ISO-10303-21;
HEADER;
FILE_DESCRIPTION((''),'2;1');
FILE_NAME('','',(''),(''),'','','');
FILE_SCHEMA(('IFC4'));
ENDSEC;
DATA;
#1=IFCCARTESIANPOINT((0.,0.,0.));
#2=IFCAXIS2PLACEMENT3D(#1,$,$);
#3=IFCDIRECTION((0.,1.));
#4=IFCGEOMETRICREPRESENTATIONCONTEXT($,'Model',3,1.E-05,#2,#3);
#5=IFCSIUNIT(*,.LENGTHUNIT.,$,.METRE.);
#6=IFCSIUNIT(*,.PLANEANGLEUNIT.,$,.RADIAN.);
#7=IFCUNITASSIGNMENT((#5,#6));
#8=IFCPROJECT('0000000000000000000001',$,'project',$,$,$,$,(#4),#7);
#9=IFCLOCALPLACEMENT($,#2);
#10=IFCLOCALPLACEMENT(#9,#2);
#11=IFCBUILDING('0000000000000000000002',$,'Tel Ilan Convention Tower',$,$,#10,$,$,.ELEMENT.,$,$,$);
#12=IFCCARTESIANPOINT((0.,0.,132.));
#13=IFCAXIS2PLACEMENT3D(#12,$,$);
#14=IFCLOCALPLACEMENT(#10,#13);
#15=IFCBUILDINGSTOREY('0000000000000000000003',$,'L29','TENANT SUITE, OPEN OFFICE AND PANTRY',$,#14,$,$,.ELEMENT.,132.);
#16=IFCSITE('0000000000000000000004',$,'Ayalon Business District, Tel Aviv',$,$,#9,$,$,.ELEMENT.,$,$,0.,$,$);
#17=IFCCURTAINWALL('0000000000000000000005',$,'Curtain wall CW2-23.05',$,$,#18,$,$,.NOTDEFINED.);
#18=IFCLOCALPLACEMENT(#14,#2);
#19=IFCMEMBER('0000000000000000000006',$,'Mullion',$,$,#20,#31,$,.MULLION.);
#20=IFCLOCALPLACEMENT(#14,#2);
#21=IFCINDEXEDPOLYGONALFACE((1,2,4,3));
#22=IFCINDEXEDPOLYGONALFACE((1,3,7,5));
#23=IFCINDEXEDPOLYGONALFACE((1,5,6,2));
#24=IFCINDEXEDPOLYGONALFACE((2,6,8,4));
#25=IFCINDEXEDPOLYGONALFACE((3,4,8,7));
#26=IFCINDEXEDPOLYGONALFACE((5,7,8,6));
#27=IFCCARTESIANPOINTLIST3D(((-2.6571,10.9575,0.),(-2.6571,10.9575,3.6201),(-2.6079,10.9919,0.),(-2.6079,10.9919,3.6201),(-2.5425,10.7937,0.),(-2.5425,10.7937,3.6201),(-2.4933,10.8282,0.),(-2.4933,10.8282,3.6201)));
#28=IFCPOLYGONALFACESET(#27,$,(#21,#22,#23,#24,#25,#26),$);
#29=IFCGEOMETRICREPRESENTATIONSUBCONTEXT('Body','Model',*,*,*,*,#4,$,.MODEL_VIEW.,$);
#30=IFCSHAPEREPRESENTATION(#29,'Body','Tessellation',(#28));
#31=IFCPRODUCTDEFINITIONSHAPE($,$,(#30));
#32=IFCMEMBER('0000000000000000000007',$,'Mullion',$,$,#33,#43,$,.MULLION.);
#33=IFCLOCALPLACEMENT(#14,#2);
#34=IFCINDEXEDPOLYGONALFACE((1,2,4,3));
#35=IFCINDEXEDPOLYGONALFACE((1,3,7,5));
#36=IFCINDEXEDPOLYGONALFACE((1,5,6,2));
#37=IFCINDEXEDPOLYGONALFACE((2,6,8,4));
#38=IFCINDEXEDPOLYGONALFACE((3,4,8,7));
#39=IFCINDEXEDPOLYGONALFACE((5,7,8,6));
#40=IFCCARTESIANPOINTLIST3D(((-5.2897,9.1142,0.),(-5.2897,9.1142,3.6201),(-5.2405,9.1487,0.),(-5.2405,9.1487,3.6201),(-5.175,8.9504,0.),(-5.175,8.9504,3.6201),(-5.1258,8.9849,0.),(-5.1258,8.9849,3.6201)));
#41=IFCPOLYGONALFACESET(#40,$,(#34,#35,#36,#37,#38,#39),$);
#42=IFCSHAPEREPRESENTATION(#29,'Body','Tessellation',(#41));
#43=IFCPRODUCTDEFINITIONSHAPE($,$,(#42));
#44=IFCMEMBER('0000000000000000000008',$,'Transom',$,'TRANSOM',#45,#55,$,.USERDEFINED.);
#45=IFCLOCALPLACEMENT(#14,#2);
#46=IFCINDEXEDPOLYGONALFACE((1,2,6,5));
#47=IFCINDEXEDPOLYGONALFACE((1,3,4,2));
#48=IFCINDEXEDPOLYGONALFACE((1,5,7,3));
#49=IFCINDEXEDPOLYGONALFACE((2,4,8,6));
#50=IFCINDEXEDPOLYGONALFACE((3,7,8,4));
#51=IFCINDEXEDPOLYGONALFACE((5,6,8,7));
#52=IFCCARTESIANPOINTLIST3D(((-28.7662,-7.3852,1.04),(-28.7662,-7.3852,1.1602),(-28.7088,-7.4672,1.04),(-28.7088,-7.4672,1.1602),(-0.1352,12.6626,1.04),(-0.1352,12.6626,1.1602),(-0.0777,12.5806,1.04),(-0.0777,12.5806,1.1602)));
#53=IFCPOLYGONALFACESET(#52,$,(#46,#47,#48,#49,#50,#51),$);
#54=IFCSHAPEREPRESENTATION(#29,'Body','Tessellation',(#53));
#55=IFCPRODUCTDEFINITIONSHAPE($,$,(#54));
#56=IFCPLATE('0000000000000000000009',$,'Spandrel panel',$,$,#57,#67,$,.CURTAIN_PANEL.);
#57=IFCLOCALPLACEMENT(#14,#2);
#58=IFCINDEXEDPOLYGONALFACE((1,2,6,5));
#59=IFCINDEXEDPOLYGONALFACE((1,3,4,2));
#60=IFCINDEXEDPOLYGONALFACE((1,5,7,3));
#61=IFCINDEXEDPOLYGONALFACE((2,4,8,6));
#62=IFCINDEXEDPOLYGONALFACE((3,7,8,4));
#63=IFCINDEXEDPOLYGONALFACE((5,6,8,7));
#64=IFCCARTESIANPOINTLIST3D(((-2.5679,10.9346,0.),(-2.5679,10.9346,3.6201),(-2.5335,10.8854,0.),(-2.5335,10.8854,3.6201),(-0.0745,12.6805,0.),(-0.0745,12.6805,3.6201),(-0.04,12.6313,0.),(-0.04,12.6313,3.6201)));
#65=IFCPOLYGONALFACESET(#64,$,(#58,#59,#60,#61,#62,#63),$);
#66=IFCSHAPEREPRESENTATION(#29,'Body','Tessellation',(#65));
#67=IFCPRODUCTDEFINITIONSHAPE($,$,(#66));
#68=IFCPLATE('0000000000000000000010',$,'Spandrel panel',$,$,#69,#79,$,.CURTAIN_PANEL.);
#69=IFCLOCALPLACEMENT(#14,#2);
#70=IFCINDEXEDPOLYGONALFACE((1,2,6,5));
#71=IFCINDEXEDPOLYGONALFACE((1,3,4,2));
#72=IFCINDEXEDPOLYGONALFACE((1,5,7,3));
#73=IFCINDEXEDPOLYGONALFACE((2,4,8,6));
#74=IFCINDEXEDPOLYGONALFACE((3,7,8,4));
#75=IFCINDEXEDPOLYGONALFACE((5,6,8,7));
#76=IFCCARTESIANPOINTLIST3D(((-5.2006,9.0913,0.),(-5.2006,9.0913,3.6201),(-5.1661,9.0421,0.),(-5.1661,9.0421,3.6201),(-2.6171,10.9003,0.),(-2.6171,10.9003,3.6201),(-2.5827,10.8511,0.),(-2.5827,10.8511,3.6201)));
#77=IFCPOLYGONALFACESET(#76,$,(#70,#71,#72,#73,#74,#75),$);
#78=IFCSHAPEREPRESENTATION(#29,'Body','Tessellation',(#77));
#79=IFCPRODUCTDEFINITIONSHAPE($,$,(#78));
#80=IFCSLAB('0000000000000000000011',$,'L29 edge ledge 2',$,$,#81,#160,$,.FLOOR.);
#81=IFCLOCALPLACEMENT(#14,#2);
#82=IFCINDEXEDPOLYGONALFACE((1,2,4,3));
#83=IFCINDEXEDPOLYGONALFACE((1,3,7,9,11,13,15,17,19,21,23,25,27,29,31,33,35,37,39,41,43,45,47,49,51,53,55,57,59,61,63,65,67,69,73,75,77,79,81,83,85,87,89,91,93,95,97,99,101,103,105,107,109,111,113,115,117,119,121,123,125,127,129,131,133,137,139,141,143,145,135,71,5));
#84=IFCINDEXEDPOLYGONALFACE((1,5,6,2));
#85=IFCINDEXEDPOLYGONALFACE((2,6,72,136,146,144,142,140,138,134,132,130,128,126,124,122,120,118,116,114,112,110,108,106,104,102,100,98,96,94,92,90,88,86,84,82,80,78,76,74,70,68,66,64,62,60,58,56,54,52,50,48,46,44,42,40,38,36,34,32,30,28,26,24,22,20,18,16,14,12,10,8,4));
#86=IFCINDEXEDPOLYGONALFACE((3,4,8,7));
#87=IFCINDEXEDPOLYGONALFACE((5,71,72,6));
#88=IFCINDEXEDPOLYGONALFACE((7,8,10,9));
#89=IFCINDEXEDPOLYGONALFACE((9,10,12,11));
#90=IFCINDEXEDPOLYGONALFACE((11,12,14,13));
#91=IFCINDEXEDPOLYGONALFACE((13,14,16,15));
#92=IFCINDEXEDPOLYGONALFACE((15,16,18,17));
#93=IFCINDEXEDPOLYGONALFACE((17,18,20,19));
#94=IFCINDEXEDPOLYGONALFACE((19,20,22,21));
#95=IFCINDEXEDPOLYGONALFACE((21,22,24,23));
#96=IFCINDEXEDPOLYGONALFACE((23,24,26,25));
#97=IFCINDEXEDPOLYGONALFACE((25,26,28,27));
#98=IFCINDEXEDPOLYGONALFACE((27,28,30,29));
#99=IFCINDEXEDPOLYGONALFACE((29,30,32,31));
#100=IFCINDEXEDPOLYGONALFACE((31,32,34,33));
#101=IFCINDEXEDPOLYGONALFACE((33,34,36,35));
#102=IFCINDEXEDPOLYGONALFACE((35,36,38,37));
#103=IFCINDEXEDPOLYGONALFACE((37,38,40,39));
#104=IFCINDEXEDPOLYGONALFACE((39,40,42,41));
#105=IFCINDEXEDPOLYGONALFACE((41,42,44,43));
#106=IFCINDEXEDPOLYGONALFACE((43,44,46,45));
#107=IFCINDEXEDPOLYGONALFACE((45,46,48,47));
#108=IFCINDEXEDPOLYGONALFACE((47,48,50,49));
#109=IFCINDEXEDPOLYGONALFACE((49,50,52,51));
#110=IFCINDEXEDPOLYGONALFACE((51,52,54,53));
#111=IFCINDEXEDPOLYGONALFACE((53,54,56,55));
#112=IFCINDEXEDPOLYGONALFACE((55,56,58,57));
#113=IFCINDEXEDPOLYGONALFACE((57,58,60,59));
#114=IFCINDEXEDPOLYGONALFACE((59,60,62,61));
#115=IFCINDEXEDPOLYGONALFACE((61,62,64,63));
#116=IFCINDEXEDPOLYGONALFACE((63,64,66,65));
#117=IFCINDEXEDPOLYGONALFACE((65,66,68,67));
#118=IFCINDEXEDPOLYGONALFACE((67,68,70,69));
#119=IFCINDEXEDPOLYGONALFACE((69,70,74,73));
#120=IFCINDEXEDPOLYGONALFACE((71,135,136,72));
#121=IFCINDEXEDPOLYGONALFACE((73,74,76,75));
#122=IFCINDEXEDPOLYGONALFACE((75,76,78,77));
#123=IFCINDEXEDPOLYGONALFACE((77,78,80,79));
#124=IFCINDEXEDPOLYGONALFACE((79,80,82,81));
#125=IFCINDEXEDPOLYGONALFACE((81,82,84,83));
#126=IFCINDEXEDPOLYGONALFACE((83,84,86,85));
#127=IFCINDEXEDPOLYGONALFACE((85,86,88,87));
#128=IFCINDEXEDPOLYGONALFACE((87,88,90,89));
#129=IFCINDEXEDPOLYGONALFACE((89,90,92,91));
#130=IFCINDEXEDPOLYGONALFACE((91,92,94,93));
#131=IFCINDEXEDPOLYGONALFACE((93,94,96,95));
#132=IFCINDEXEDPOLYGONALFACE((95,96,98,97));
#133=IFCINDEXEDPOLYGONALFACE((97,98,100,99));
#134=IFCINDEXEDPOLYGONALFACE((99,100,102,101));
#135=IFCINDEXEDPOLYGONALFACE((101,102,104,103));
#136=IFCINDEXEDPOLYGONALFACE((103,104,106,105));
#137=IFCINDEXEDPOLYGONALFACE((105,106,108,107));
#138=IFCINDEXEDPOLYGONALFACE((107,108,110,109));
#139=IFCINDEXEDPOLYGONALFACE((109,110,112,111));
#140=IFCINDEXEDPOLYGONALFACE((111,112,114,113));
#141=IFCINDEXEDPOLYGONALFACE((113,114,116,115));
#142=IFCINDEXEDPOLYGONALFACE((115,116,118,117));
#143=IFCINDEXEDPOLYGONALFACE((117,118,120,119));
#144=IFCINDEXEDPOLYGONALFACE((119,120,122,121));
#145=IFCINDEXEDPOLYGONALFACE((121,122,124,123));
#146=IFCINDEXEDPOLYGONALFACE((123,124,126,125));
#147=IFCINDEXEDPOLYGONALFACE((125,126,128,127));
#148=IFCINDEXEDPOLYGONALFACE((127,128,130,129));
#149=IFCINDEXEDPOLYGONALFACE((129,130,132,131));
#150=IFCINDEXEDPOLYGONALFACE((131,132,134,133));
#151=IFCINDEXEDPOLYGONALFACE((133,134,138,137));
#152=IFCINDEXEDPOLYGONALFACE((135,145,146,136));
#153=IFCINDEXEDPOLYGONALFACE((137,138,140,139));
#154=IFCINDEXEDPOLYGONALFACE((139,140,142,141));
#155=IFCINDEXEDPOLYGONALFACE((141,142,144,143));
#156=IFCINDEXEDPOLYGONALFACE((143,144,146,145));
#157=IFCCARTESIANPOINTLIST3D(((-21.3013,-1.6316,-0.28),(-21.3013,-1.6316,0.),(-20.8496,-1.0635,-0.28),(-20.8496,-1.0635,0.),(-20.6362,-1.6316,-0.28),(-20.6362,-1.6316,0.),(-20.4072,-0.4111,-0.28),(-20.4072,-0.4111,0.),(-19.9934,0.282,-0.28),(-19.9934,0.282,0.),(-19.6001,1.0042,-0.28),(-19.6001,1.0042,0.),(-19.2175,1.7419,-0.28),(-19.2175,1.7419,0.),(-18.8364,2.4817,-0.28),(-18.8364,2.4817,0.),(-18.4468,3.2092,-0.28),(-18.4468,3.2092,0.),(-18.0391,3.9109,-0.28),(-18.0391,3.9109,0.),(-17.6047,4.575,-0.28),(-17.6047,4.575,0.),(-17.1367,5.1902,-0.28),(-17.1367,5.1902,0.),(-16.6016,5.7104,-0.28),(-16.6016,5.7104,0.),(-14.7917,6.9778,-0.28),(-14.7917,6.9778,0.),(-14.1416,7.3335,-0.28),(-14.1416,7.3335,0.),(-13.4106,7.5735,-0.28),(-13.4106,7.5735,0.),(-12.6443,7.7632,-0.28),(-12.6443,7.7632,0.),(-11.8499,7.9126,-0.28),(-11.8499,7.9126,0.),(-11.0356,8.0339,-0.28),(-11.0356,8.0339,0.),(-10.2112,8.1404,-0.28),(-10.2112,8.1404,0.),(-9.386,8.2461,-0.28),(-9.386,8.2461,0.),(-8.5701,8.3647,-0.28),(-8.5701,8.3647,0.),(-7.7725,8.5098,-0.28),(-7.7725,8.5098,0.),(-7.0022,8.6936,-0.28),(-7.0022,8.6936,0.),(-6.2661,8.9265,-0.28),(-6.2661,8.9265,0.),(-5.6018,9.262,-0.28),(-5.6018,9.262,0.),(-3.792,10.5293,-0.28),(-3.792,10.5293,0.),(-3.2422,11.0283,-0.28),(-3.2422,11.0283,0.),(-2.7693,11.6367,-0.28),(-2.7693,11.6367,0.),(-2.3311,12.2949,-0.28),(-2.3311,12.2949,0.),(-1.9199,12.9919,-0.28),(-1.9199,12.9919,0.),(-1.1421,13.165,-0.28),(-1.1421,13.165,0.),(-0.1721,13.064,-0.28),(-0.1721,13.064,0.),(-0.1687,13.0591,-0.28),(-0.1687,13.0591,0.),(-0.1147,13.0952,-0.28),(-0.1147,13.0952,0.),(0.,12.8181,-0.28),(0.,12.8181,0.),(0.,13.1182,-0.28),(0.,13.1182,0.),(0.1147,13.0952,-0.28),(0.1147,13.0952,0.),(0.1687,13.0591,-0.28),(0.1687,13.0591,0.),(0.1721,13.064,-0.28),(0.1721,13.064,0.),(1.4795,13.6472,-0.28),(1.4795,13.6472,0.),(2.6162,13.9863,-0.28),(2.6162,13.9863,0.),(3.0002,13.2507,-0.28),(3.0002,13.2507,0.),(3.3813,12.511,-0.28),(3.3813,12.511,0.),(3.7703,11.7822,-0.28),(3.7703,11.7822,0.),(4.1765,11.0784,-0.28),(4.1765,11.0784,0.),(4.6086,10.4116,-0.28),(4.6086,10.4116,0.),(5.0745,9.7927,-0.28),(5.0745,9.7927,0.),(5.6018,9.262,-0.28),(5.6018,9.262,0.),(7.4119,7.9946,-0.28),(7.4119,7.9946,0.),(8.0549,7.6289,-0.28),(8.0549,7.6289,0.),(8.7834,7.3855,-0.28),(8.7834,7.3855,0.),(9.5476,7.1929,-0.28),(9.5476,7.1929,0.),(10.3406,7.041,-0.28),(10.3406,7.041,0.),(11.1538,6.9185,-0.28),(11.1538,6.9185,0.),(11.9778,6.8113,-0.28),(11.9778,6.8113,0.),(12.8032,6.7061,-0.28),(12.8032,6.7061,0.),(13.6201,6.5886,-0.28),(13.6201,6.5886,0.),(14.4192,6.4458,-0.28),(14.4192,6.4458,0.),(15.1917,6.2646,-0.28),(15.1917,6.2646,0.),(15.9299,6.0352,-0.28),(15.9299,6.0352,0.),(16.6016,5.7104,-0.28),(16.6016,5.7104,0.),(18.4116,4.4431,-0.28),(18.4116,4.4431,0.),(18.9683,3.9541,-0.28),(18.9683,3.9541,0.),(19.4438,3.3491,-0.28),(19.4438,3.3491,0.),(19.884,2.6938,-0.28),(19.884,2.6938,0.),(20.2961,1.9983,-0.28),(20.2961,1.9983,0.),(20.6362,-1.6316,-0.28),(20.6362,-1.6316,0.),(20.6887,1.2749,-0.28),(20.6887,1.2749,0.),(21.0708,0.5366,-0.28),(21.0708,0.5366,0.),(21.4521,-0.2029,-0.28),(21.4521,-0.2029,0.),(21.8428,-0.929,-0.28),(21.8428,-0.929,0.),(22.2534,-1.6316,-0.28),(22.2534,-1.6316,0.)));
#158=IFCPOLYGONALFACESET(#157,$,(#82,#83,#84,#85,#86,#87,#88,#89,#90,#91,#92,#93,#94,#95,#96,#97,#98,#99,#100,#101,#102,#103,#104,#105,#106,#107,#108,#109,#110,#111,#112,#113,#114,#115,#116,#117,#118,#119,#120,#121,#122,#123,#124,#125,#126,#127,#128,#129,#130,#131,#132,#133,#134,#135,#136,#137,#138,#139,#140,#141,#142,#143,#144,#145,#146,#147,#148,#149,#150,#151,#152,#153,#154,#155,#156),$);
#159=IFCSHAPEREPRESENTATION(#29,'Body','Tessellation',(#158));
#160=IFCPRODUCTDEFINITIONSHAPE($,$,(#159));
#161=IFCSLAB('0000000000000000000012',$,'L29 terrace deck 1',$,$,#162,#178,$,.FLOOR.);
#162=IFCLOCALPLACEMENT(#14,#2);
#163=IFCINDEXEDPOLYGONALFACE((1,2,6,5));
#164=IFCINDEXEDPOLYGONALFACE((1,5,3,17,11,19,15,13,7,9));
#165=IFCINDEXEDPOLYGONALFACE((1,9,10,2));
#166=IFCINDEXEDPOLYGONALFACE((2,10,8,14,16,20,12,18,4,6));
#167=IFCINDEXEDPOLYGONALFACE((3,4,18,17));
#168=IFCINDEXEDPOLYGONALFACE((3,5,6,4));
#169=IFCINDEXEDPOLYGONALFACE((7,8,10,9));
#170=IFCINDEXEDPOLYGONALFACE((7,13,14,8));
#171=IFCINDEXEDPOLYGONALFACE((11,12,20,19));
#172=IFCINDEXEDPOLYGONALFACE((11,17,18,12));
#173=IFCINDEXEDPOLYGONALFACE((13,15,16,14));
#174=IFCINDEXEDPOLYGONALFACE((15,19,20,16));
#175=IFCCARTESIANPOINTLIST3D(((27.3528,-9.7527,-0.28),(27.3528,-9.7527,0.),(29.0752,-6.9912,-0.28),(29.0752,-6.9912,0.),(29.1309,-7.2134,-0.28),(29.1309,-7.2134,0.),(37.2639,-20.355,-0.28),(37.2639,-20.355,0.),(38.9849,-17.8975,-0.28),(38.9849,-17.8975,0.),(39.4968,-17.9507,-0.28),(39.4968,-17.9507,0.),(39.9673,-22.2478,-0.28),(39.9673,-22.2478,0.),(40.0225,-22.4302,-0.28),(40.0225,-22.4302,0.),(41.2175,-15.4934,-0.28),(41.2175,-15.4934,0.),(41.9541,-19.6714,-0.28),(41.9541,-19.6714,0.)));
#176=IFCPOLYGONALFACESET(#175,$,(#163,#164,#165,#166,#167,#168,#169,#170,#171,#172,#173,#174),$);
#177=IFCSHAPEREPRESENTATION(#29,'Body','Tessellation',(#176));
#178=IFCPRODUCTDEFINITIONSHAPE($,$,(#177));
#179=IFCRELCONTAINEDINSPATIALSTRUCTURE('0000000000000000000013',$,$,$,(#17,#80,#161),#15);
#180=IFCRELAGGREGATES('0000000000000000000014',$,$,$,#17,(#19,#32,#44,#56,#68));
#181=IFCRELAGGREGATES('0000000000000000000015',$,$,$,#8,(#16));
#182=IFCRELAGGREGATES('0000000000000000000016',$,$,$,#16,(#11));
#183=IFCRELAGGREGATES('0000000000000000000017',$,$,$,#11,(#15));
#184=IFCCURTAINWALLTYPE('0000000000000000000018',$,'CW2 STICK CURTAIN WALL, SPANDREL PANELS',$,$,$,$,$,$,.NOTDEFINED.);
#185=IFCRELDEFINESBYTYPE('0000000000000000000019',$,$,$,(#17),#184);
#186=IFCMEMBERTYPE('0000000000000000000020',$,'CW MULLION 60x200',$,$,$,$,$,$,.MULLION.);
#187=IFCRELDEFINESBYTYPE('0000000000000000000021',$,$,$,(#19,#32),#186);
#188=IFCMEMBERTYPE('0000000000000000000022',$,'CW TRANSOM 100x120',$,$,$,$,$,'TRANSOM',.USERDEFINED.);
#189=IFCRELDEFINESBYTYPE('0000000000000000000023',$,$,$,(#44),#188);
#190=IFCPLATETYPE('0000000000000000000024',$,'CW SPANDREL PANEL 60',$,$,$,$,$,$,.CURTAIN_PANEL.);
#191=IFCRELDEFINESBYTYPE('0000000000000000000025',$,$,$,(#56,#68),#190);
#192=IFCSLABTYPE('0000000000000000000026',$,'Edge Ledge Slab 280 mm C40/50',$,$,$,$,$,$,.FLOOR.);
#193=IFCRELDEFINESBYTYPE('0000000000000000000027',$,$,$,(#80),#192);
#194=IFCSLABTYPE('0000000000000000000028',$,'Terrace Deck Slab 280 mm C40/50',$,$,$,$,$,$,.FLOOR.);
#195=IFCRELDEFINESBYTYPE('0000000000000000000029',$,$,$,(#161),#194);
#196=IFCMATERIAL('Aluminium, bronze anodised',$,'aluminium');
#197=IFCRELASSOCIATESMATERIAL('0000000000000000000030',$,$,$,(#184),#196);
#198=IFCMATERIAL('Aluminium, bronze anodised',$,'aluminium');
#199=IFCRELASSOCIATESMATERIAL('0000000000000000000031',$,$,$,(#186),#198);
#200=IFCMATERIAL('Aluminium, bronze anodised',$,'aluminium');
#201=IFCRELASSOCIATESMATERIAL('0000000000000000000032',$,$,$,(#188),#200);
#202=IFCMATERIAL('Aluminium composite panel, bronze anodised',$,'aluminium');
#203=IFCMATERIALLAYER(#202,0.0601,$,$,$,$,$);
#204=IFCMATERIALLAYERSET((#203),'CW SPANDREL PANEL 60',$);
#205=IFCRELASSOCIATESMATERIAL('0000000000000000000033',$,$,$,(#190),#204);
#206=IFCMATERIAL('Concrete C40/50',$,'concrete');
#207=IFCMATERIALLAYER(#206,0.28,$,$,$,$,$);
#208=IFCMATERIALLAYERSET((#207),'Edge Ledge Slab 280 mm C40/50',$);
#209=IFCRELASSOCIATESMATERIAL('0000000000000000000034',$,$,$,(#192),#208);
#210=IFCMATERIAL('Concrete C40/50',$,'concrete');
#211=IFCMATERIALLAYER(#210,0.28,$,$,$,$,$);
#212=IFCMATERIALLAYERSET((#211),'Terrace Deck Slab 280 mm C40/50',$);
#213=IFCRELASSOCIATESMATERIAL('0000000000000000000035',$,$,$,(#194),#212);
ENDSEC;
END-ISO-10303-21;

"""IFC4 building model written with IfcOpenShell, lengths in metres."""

from ifc_helpers import new_model, si_unit, direction, frame, origin, origin_2d, place, context, subcontext, project, spatial, polyline, rectangle, outline, extrude, material, layer, layer_set, material_profile, profile_set, type_object, element, aggregate, save


model = new_model("IFC4")

# Units and contexts
model_context = context("Model", 3, precision=1e-05, world=origin(), true_north=direction((0.0, 1.0)))
body_context = subcontext(model_context, "Body", "Model", "MODEL_VIEW")
ifc_project = project(units=[si_unit("LENGTHUNIT", "METRE"), si_unit("PLANEANGLEUNIT", "RADIAN")], contexts=[model_context])

# Site, building, storey
site_placement = place(None, origin())
site = spatial("IfcSite", under=ifc_project, at=site_placement, Name="Ayalon Business District, Tel Aviv", CompositionType="ELEMENT", RefElevation=0.0)
building_placement = place(site_placement, origin())
building = spatial("IfcBuilding", under=site, at=building_placement, Name="Tel Ilan Convention Tower", CompositionType="ELEMENT")
storey_placement = place(building_placement, frame((0.0, 0.0, 132.0)))
storey = spatial("IfcBuildingStorey", under=building, at=storey_placement, Name="L29", Description="TENANT SUITE, OPEN OFFICE AND PANTRY", CompositionType="ELEMENT", Elevation=132.0)

# Curtain wall, members, plates
ifc_material_1 = material(Name="Aluminium, bronze anodised", Category="aluminium")
curtain_wall_type = type_object("IfcCurtainWallType", Name="CW2 STICK CURTAIN WALL, SPANDREL PANELS", PredefinedType="NOTDEFINED", material=ifc_material_1)
curtain_wall_placement = place(storey_placement, origin())
curtain_wall = element("IfcCurtainWall", 1, at=curtain_wall_placement, inside=storey, type_object=curtain_wall_type, Name="Curtain wall CW2-23.05", PredefinedType="NOTDEFINED")
ifc_material_2 = material(Name="Aluminium, bronze anodised", Category="aluminium")
ifc_material_profile_1 = material_profile(ifc_material_2, rectangle(XDim=0.0601, YDim=0.2, at=origin_2d()), Name="CW MULLION 60x200")
ifc_profile_set_1 = profile_set([ifc_material_profile_1], Name="Aluminium, bronze anodised")
member_type_1 = type_object("IfcMemberType", Name="CW MULLION 60x200", PredefinedType="MULLION", material=ifc_profile_set_1)
member_1_placement = place(storey_placement, frame((-2.5752, 10.8928, 0.0), z_axis=(0.0, 0.0, 1.0), x_axis=(-0.819152, -0.573576, 0.0)))
member_1 = element("IfcMember", 2, at=member_1_placement, type_object=member_type_1, Name="Mullion", PredefinedType="MULLION", context=body_context, shape_type="SweptSolid", body=[
    extrude(rectangle(XDim=0.0601, YDim=0.2, at=origin_2d()), origin(), (0.0, 0.0, 1.0), 3.6201),
])
member_2_placement = place(storey_placement, frame((-5.2078, 9.0496, 0.0), z_axis=(0.0, 0.0, 1.0), x_axis=(-0.819152, -0.573576, 0.0)))
member_2 = element("IfcMember", 3, at=member_2_placement, type_object=member_type_1, Name="Mullion", PredefinedType="MULLION", context=body_context, shape_type="SweptSolid", body=[
    extrude(rectangle(XDim=0.0601, YDim=0.2, at=origin_2d()), origin(), (0.0, 0.0, 1.0), 3.6201),
])
ifc_material_3 = material(Name="Aluminium, bronze anodised", Category="aluminium")
ifc_material_profile_2 = material_profile(ifc_material_3, rectangle(XDim=0.1001, YDim=0.1201, at=origin_2d()), Name="CW TRANSOM 100x120")
ifc_profile_set_2 = profile_set([ifc_material_profile_2], Name="Aluminium, bronze anodised")
member_type_2 = type_object("IfcMemberType", Name="CW TRANSOM 100x120", ElementType="TRANSOM", PredefinedType="USERDEFINED", material=ifc_profile_set_2)
member_3_placement = place(storey_placement, frame((-0.1064, 12.6216, 1.1001), z_axis=(-0.81915, -0.573579, 0.0), x_axis=(0.573579, -0.81915, 0.0)))
member_3 = element("IfcMember", 4, at=member_3_placement, type_object=member_type_2, Name="Transom", ObjectType="TRANSOM", PredefinedType="USERDEFINED", context=body_context, shape_type="SweptSolid", body=[
    extrude(rectangle(XDim=0.1001, YDim=0.1201, at=origin_2d()), origin(), (0.0, 0.0, 1.0), 34.9521),
])
ifc_material_4 = material(Name="Aluminium composite panel, bronze anodised", Category="aluminium")
ifc_layer_1 = layer(ifc_material_4, 0.0601)
ifc_layer_set_1 = layer_set([ifc_layer_1], Name="CW SPANDREL PANEL 60")
plate_type = type_object("IfcPlateType", Name="CW SPANDREL PANEL 60", PredefinedType="CURTAIN_PANEL", material=ifc_layer_set_1)
plate_1_placement = place(storey_placement, frame((-1.304, 11.783, 0.0), z_axis=(0.0, 0.0, 1.0), x_axis=(-0.819152, -0.573576, 0.0)))
plate_1 = element("IfcPlate", 5, at=plate_1_placement, type_object=plate_type, Name="Spandrel panel", PredefinedType="CURTAIN_PANEL", context=body_context, shape_type="SweptSolid", body=[
    extrude(rectangle(XDim=3.0439, YDim=0.0601, at=origin_2d()), origin(), (0.0, 0.0, 1.0), 3.6201),
])
plate_2_placement = place(storey_placement, frame((-3.8916, 9.9712, 0.0), z_axis=(0.0, 0.0, 1.0), x_axis=(-0.819152, -0.573576, 0.0)))
plate_2 = element("IfcPlate", 6, at=plate_2_placement, type_object=plate_type, Name="Spandrel panel", PredefinedType="CURTAIN_PANEL", context=body_context, shape_type="SweptSolid", body=[
    extrude(rectangle(XDim=3.1538, YDim=0.0601, at=origin_2d()), origin(), (0.0, 0.0, 1.0), 3.6201),
])
aggregate(curtain_wall, [member_1, member_2, member_3, plate_1, plate_2])

# Slabs
ifc_material_5 = material(Name="Concrete C40/50", Category="concrete")
ifc_layer_2 = layer(ifc_material_5, 0.28)
ifc_layer_set_2 = layer_set([ifc_layer_2], Name="Edge Ledge Slab 280 mm C40/50")
slab_type_1 = type_object("IfcSlabType", Name="Edge Ledge Slab 280 mm C40/50", PredefinedType="FLOOR", material=ifc_layer_set_2)
slab_1_placement = place(storey_placement, frame((0.0, 0.0, -0.28)))
element("IfcSlab", 7, at=slab_1_placement, inside=storey, type_object=slab_type_1, Name="L29 edge ledge 2", PredefinedType="FLOOR", context=body_context, shape_type="SweptSolid", body=[
    extrude(outline(polyline([(-18.8364, 2.4817), (-18.4468, 3.2092), (-18.0391, 3.9109), (-17.6047, 4.575), (-17.1367, 5.1902), (-16.6016, 5.7104), (-14.7917, 6.9778), (-14.1416, 7.3335), (-13.4106, 7.5735), (-12.6443, 7.7632), (-11.8499, 7.9126), (-11.0356, 8.0339), (-10.2112, 8.1404), (-9.386, 8.2461), (-8.5701, 8.3647), (-7.7725, 8.5098), (-7.0022, 8.6936), (-6.2661, 8.9265), (-5.6018, 9.262), (-3.792, 10.5293), (-3.2422, 11.0283), (-2.7693, 11.6367), (-2.3311, 12.2949), (-1.9199, 12.9919), (-1.1421, 13.165), (-0.1721, 13.064), (-0.1687, 13.0591), (-0.1147, 13.0952), (0.0, 13.1182), (0.1147, 13.0952), (0.1687, 13.0591), (0.1721, 13.064), (1.4795, 13.6472), (2.6162, 13.9863), (3.0002, 13.2507), (3.3813, 12.511), (3.7703, 11.7822), (4.1765, 11.0784), (4.6086, 10.4116), (5.0745, 9.7927), (5.6018, 9.262), (7.4119, 7.9946), (8.0549, 7.6289), (8.7834, 7.3855), (9.5476, 7.1929), (10.3406, 7.041), (11.1538, 6.9185), (11.9778, 6.8113), (12.8032, 6.7061), (13.6201, 6.5886), (14.4192, 6.4458), (15.1917, 6.2646), (15.9299, 6.0352), (16.6016, 5.7104), (18.4116, 4.4431), (18.9683, 3.9541), (19.4438, 3.3491), (19.884, 2.6938), (20.2961, 1.9983), (20.6887, 1.2749), (21.0708, 0.5366), (21.4521, -0.2029), (21.8428, -0.929), (22.2534, -1.6316), (20.6362, -1.6316), (0.0, 12.8181), (-20.6362, -1.6316), (-21.3013, -1.6316), (-20.8496, -1.0635), (-20.4072, -0.4111), (-19.9934, 0.282), (-19.6001, 1.0042), (-19.2175, 1.7419), (-18.8364, 2.4817)])), origin(), (0.0, 0.0, 1.0), 0.28),
])
ifc_material_6 = material(Name="Concrete C40/50", Category="concrete")
ifc_layer_3 = layer(ifc_material_6, 0.28)
ifc_layer_set_3 = layer_set([ifc_layer_3], Name="Terrace Deck Slab 280 mm C40/50")
slab_type_2 = type_object("IfcSlabType", Name="Terrace Deck Slab 280 mm C40/50", PredefinedType="FLOOR", material=ifc_layer_set_3)
slab_2_placement = place(storey_placement, frame((0.0, 0.0, -0.28)))
element("IfcSlab", 8, at=slab_2_placement, inside=storey, type_object=slab_type_2, Name="L29 terrace deck 1", PredefinedType="FLOOR", context=body_context, shape_type="SweptSolid", body=[
    extrude(outline(polyline([(41.9541, -19.6714), (40.0225, -22.4302), (39.9673, -22.2478), (37.2639, -20.355), (38.9849, -17.8975), (27.3528, -9.7527), (29.1309, -7.2134), (29.0752, -6.9912), (41.2175, -15.4934), (39.4968, -17.9507), (41.9541, -19.6714)])), origin(), (0.0, 0.0, 1.0), 0.28),
])

save(model, "model.ifc")
